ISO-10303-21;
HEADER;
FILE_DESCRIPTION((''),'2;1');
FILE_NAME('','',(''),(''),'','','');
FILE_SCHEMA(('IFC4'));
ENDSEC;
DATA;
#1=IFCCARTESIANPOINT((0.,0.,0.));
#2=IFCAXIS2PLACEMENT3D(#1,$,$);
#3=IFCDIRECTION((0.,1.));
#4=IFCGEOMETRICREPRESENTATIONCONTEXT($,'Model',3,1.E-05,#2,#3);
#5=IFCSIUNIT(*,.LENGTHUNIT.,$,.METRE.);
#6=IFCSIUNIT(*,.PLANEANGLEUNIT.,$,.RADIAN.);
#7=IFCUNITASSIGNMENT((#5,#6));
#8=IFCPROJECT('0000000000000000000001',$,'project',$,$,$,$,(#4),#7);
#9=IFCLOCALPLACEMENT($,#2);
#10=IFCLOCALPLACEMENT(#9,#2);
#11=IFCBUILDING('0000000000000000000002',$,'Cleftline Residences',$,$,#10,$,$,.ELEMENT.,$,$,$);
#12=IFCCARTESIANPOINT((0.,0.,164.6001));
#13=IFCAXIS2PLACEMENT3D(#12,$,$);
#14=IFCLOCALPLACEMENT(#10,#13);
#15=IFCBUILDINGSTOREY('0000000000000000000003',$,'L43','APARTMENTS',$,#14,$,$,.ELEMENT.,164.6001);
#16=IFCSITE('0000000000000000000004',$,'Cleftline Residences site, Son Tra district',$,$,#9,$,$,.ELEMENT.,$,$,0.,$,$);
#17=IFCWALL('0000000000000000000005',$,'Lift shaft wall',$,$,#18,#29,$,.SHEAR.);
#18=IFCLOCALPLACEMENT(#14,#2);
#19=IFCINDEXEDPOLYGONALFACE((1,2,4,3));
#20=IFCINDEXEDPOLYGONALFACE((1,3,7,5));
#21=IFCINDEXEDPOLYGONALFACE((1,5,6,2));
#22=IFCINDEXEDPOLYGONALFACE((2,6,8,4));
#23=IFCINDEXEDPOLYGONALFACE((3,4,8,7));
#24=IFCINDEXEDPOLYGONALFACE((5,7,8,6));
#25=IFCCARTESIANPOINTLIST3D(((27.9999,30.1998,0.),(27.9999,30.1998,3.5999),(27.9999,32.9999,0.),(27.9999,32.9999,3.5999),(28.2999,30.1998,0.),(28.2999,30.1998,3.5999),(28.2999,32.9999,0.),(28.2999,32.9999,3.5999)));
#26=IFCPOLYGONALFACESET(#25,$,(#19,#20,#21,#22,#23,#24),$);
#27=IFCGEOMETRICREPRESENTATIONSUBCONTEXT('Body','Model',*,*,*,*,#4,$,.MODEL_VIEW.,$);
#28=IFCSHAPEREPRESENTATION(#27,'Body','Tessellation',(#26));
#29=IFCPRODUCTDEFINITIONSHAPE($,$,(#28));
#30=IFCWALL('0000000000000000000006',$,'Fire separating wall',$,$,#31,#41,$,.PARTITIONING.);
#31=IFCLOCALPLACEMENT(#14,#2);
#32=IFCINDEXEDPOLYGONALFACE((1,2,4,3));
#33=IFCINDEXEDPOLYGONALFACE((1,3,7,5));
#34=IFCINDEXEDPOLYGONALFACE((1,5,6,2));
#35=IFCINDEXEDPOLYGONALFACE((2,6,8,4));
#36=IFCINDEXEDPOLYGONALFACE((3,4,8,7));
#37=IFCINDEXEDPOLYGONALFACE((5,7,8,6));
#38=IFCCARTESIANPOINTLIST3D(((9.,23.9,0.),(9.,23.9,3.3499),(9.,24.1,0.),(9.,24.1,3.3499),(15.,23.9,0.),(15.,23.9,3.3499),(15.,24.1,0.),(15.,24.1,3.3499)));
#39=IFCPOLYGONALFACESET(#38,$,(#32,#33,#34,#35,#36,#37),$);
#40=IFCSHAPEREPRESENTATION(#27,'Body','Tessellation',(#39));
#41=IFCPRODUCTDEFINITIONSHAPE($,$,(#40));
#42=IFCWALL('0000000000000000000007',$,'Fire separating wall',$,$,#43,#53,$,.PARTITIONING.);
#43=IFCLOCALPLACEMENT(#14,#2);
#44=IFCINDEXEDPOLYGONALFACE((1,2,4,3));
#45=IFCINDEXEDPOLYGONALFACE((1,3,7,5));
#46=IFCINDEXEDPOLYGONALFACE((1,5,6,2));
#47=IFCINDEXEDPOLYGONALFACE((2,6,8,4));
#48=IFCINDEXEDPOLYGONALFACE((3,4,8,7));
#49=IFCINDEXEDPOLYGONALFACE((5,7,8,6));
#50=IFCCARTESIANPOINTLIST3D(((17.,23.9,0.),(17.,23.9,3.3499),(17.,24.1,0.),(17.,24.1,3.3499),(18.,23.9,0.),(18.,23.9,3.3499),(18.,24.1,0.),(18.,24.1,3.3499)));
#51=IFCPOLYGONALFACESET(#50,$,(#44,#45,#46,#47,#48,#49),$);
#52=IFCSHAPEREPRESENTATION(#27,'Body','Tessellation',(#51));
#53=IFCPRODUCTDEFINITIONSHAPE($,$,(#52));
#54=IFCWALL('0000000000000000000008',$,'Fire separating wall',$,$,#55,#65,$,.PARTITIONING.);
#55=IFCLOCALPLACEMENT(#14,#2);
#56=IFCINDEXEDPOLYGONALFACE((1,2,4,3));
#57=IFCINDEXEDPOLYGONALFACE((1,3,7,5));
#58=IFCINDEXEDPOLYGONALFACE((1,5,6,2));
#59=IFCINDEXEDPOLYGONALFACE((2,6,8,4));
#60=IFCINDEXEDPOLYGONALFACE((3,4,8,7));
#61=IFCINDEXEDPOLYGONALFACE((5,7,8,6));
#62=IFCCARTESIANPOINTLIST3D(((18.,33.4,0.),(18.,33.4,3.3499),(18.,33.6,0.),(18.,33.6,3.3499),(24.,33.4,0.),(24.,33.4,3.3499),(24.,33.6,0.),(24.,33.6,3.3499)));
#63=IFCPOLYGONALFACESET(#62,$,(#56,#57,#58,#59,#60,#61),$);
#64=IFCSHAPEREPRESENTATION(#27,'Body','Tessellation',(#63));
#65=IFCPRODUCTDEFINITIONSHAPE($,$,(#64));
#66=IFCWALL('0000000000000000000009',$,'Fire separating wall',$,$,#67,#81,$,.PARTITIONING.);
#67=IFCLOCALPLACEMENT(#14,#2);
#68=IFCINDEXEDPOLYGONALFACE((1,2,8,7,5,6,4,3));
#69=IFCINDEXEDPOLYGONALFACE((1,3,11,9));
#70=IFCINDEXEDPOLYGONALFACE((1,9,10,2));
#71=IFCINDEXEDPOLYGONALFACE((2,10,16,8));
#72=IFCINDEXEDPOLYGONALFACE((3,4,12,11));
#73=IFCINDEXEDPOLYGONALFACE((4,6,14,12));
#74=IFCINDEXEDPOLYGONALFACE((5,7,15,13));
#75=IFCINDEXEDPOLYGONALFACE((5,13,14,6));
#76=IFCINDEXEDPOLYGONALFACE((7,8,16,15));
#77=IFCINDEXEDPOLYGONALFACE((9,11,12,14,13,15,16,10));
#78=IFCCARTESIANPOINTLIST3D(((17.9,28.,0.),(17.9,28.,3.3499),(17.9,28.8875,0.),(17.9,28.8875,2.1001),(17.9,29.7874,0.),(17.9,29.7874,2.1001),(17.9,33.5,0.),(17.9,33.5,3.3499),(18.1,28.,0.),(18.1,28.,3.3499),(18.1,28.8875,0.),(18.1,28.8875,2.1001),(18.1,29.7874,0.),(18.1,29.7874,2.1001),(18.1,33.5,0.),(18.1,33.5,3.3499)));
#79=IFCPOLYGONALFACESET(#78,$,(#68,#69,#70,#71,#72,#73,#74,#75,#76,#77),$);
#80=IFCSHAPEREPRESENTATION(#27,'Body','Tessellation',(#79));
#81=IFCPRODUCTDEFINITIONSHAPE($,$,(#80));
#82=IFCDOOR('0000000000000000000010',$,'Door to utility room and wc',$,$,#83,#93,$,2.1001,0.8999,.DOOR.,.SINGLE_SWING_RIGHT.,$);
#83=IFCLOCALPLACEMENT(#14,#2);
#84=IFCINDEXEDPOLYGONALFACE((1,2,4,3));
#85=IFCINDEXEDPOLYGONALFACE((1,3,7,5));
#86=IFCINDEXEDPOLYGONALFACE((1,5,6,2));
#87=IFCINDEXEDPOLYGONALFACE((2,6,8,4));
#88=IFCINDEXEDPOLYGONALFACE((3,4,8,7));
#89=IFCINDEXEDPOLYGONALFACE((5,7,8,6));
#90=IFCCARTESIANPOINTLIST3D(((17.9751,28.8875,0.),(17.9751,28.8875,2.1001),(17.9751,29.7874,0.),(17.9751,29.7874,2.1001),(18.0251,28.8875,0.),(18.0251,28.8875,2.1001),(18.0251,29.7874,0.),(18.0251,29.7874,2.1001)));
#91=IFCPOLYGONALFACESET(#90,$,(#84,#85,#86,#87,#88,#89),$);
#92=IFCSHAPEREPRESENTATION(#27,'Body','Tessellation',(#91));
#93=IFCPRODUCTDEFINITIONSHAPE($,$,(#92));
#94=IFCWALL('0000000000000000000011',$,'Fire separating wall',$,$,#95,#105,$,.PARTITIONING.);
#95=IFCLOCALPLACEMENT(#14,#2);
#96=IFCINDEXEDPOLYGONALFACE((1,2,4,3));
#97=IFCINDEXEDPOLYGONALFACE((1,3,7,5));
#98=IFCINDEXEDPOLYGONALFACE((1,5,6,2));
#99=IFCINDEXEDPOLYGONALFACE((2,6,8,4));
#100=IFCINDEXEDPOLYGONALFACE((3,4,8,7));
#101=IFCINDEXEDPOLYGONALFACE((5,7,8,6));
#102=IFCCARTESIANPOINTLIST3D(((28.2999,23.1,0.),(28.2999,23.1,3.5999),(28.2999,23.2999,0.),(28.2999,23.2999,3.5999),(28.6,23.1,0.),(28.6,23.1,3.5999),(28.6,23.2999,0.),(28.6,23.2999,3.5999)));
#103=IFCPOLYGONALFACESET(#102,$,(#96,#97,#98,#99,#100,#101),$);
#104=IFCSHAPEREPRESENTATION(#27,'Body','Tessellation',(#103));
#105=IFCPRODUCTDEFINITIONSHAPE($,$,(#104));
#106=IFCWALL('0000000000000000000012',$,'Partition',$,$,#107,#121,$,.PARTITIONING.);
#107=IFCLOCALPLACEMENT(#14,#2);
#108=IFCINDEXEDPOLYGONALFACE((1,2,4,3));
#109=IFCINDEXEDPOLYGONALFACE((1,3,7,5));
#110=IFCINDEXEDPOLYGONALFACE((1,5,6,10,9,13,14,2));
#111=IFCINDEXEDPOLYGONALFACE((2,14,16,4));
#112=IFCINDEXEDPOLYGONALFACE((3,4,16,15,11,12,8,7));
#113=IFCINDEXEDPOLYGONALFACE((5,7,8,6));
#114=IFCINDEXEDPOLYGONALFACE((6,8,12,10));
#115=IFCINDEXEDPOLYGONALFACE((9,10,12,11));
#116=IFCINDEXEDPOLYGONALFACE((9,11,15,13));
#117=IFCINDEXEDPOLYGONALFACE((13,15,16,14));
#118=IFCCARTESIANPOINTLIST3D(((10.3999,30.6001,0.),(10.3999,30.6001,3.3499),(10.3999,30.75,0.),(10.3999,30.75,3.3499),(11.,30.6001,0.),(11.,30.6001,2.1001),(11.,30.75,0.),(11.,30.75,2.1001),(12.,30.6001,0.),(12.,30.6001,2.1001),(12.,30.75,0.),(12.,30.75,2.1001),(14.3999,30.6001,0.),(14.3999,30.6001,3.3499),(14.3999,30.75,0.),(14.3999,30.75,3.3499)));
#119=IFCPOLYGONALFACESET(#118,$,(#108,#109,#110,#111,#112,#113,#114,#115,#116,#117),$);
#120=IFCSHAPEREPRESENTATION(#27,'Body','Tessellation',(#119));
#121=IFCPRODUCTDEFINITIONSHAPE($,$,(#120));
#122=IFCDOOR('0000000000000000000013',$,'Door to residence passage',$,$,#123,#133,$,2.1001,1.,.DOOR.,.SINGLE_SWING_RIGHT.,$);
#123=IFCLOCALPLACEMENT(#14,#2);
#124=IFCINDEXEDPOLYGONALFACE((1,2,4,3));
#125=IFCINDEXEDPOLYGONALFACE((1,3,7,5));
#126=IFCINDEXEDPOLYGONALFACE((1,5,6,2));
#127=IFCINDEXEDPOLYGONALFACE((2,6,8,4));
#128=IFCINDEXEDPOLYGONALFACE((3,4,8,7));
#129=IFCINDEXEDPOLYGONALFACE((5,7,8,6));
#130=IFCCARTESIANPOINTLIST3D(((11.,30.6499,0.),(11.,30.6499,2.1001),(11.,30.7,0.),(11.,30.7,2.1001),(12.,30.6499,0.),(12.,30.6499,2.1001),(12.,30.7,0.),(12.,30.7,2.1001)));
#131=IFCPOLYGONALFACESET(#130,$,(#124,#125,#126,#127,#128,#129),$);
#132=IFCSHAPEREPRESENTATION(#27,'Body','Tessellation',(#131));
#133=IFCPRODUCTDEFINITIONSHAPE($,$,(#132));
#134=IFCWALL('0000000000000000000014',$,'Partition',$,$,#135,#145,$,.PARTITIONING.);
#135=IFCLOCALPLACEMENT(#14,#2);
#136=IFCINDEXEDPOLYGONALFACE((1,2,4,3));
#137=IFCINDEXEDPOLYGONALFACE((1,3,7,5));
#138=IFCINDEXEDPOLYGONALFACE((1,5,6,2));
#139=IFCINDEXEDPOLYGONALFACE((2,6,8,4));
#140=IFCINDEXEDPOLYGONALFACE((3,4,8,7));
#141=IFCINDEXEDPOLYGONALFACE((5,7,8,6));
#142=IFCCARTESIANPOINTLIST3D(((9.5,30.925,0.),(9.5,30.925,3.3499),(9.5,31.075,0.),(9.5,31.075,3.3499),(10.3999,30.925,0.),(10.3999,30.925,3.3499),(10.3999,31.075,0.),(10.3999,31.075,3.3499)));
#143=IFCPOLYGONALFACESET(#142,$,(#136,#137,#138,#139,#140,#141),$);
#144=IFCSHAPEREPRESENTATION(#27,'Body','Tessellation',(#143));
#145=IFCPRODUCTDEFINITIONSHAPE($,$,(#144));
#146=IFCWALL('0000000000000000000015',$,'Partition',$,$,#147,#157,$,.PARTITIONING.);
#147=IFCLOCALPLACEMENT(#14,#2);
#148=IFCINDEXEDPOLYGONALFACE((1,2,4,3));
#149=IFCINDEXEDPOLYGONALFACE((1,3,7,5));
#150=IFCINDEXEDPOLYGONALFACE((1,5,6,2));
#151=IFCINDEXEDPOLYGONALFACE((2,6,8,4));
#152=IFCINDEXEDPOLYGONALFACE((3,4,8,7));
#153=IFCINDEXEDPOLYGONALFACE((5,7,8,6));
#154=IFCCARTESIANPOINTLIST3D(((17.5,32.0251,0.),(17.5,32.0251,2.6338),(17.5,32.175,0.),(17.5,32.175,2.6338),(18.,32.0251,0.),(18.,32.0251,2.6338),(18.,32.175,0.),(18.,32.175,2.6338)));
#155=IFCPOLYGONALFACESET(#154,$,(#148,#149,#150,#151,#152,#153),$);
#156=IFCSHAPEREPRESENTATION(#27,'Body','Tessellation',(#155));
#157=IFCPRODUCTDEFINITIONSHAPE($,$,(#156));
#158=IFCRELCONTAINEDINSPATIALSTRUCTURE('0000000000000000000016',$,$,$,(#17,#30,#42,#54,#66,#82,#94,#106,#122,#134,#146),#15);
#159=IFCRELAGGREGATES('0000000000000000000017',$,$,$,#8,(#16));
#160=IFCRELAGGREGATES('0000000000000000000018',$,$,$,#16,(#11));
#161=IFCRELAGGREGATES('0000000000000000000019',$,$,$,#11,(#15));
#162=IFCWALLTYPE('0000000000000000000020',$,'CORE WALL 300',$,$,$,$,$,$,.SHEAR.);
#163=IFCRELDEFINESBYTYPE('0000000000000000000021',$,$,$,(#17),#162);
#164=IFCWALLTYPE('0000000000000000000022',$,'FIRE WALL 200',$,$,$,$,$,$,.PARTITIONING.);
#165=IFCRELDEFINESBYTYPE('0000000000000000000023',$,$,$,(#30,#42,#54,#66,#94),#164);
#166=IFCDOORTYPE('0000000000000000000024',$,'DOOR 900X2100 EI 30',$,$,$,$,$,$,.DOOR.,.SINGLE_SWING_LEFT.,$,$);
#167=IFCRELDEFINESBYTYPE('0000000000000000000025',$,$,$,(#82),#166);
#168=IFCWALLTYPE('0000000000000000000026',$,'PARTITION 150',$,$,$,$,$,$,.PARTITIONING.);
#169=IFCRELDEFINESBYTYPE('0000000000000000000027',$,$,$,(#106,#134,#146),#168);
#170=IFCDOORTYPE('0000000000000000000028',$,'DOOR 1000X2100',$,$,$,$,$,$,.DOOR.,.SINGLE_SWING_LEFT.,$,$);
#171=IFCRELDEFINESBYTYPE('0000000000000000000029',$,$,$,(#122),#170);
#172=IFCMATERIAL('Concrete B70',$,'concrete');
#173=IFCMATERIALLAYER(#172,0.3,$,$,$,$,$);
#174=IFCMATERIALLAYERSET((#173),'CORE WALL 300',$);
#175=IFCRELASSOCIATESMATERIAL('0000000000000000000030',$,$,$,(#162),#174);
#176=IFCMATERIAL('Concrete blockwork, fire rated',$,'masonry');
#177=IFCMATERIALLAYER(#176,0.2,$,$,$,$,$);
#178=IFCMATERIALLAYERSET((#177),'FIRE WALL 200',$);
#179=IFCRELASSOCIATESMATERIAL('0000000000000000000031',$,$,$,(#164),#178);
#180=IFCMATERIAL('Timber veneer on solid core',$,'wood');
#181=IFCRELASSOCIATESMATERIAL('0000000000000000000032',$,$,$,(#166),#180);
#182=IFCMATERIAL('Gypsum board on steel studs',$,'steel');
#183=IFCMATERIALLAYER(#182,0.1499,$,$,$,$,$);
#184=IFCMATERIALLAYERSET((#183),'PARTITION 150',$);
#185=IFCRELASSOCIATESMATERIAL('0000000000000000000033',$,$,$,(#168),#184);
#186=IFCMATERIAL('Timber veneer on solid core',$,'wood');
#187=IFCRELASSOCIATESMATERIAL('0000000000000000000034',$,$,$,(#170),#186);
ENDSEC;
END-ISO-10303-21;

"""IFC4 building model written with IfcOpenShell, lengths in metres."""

from ifc_helpers import new_model, si_unit, direction, frame, frame_2d, origin, place, context, subcontext, project, spatial, rectangle, extrude, material, layer, layer_set, type_object, element, fill, save


model = new_model("IFC4")

# Units and contexts
model_context = context("Model", 3, precision=1e-05, world=origin(), true_north=direction((0.0, 1.0)))
body_context = subcontext(model_context, "Body", "Model", "MODEL_VIEW")
ifc_project = project(units=[si_unit("LENGTHUNIT", "METRE"), si_unit("PLANEANGLEUNIT", "RADIAN")], contexts=[model_context])

# Site, building, storey
site_placement = place(None, origin())
site = spatial("IfcSite", under=ifc_project, at=site_placement, Name="Cleftline Residences site, Son Tra district", CompositionType="ELEMENT", RefElevation=0.0)
building_placement = place(site_placement, origin())
building = spatial("IfcBuilding", under=site, at=building_placement, Name="Cleftline Residences", CompositionType="ELEMENT")
storey_placement = place(building_placement, frame((0.0, 0.0, 164.6001)))
storey = spatial("IfcBuildingStorey", under=building, at=storey_placement, Name="L43", Description="APARTMENTS", CompositionType="ELEMENT", Elevation=164.6001)

# Shared definitions
ifc_material_1 = material(Name="Concrete B70", Category="concrete")
ifc_layer_1 = layer(ifc_material_1, 0.3)
ifc_layer_set_1 = layer_set([ifc_layer_1], Name="CORE WALL 300")
wall_type_1 = type_object("IfcWallType", Name="CORE WALL 300", PredefinedType="SHEAR", material=ifc_layer_set_1)

# Walls
wall_1_placement = place(storey_placement, frame((28.1499, 30.2, 0.0), z_axis=(0.0, 0.0, 1.0), x_axis=(0.0, 1.0, 0.0)))
element("IfcWall", 1, at=wall_1_placement, inside=storey, type_object=wall_type_1, Name="Lift shaft wall", PredefinedType="SHEAR", context=body_context, shape_type="SweptSolid", body=[
    extrude(rectangle(XDim=2.8, YDim=0.3, at=frame_2d((1.3999, 0.0))), origin(), (0.0, 0.0, 1.0), 3.5999),
])
ifc_material_2 = material(Name="Concrete blockwork, fire rated", Category="masonry")
ifc_layer_2 = layer(ifc_material_2, 0.2)
ifc_layer_set_2 = layer_set([ifc_layer_2], Name="FIRE WALL 200")
wall_type_2 = type_object("IfcWallType", Name="FIRE WALL 200", PredefinedType="PARTITIONING", material=ifc_layer_set_2)
wall_2_placement = place(storey_placement, frame((9.0, 24.0, 0.0), z_axis=(0.0, 0.0, 1.0), x_axis=(1.0, 0.0, 0.0)))
element("IfcWall", 2, at=wall_2_placement, inside=storey, type_object=wall_type_2, Name="Fire separating wall", PredefinedType="PARTITIONING", context=body_context, shape_type="SweptSolid", body=[
    extrude(rectangle(XDim=6.0, YDim=0.2, at=frame_2d((3.0, 0.0))), origin(), (0.0, 0.0, 1.0), 3.3499),
])
wall_3_placement = place(storey_placement, frame((17.0, 24.0, 0.0), z_axis=(0.0, 0.0, 1.0), x_axis=(1.0, 0.0, 0.0)))
element("IfcWall", 3, at=wall_3_placement, inside=storey, type_object=wall_type_2, Name="Fire separating wall", PredefinedType="PARTITIONING", context=body_context, shape_type="SweptSolid", body=[
    extrude(rectangle(XDim=1.0, YDim=0.2, at=frame_2d((0.5, 0.0))), origin(), (0.0, 0.0, 1.0), 3.3499),
])
wall_4_placement = place(storey_placement, frame((18.0, 33.5, 0.0), z_axis=(0.0, 0.0, 1.0), x_axis=(1.0, 0.0, 0.0)))
element("IfcWall", 4, at=wall_4_placement, inside=storey, type_object=wall_type_2, Name="Fire separating wall", PredefinedType="PARTITIONING", context=body_context, shape_type="SweptSolid", body=[
    extrude(rectangle(XDim=6.0, YDim=0.2, at=frame_2d((3.0, 0.0))), origin(), (0.0, 0.0, 1.0), 3.3499),
])

# Wall, opening, door
wall_5_placement = place(storey_placement, frame((18.0, 28.0, 0.0), z_axis=(0.0, 0.0, 1.0), x_axis=(0.0, 1.0, 0.0)))
wall_5 = element("IfcWall", 5, at=wall_5_placement, inside=storey, type_object=wall_type_2, Name="Fire separating wall", PredefinedType="PARTITIONING", context=body_context, shape_type="SweptSolid", body=[
    extrude(rectangle(XDim=5.5, YDim=0.2, at=frame_2d((2.75, 0.0))), origin(), (0.0, 0.0, 1.0), 3.3499),
])
opening_1_placement = place(wall_5_placement, frame((0.8875, 0.0, 0.0)))
opening_1 = element("IfcOpeningElement", 6, at=opening_1_placement, cuts=wall_5, PredefinedType="OPENING", context=body_context, shape_type="SweptSolid", body=[
    extrude(rectangle(XDim=0.8999, YDim=2.1001, at=frame_2d((0.45, 1.05))), frame((0.0, 0.1099, 0.0), z_axis=(0.0, -1.0, 0.0), x_axis=(1.0, 0.0, 0.0)), (0.0, 0.0, 1.0), 0.22),
])
ifc_material_3 = material(Name="Timber veneer on solid core", Category="wood")
door_type_1 = type_object("IfcDoorType", Name="DOOR 900X2100 EI 30", OperationType="SINGLE_SWING_LEFT", PredefinedType="DOOR", material=ifc_material_3)
door_1_placement = place(opening_1_placement, origin())
door_1 = element("IfcDoor", 7, at=door_1_placement, inside=storey, type_object=door_type_1, Name="Door to utility room and wc", OperationType="SINGLE_SWING_RIGHT", OverallHeight=2.1001, OverallWidth=0.8999, PredefinedType="DOOR", context=body_context, shape_type="SweptSolid", body=[
    extrude(rectangle(XDim=0.8999, YDim=2.1001, at=frame_2d((0.45, 1.05))), frame((0.0, 0.0249, 0.0), z_axis=(0.0, -1.0, 0.0), x_axis=(1.0, 0.0, 0.0)), (0.0, 0.0, 1.0), 0.05),
])
fill(opening_1, door_1)

# Wall
wall_6_placement = place(storey_placement, frame((28.3, 23.2, 0.0), z_axis=(0.0, 0.0, 1.0), x_axis=(1.0, 0.0, 0.0)))
element("IfcWall", 8, at=wall_6_placement, inside=storey, type_object=wall_type_2, Name="Fire separating wall", PredefinedType="PARTITIONING", context=body_context, shape_type="SweptSolid", body=[
    extrude(rectangle(XDim=0.3, YDim=0.2, at=frame_2d((0.1499, 0.0))), origin(), (0.0, 0.0, 1.0), 3.5999),
])

# Wall, opening, door
ifc_material_4 = material(Name="Gypsum board on steel studs", Category="steel")
ifc_layer_3 = layer(ifc_material_4, 0.1499)
ifc_layer_set_3 = layer_set([ifc_layer_3], Name="PARTITION 150")
wall_type_3 = type_object("IfcWallType", Name="PARTITION 150", PredefinedType="PARTITIONING", material=ifc_layer_set_3)
wall_7_placement = place(storey_placement, frame((10.3999, 30.675, 0.0), z_axis=(0.0, 0.0, 1.0), x_axis=(1.0, 0.0, 0.0)))
wall_7 = element("IfcWall", 9, at=wall_7_placement, inside=storey, type_object=wall_type_3, Name="Partition", PredefinedType="PARTITIONING", context=body_context, shape_type="SweptSolid", body=[
    extrude(rectangle(XDim=4.0, YDim=0.1499, at=frame_2d((2.0, 0.0))), origin(), (0.0, 0.0, 1.0), 3.3499),
])
opening_2_placement = place(wall_7_placement, frame((0.6001, 0.0, 0.0)))
opening_2 = element("IfcOpeningElement", 10, at=opening_2_placement, cuts=wall_7, PredefinedType="OPENING", context=body_context, shape_type="SweptSolid", body=[
    extrude(rectangle(XDim=1.0, YDim=2.1001, at=frame_2d((0.5, 1.05))), frame((0.0, 0.085, 0.0), z_axis=(0.0, -1.0, 0.0), x_axis=(1.0, 0.0, 0.0)), (0.0, 0.0, 1.0), 0.1699),
])
ifc_material_5 = material(Name="Timber veneer on solid core", Category="wood")
door_type_2 = type_object("IfcDoorType", Name="DOOR 1000X2100", OperationType="SINGLE_SWING_LEFT", PredefinedType="DOOR", material=ifc_material_5)
door_2_placement = place(opening_2_placement, origin())
door_2 = element("IfcDoor", 11, at=door_2_placement, inside=storey, type_object=door_type_2, Name="Door to residence passage", OperationType="SINGLE_SWING_RIGHT", OverallHeight=2.1001, OverallWidth=1.0, PredefinedType="DOOR", context=body_context, shape_type="SweptSolid", body=[
    extrude(rectangle(XDim=1.0, YDim=2.1001, at=frame_2d((0.5, 1.05))), frame((0.0, 0.0249, 0.0), z_axis=(0.0, -1.0, 0.0), x_axis=(1.0, 0.0, 0.0)), (0.0, 0.0, 1.0), 0.05),
])
fill(opening_2, door_2)

# Walls
wall_8_placement = place(storey_placement, frame((9.5, 31.0, 0.0), z_axis=(0.0, 0.0, 1.0), x_axis=(1.0, 0.0, 0.0)))
element("IfcWall", 12, at=wall_8_placement, inside=storey, type_object=wall_type_3, Name="Partition", PredefinedType="PARTITIONING", context=body_context, shape_type="SweptSolid", body=[
    extrude(rectangle(XDim=0.8999, YDim=0.1499, at=frame_2d((0.45, 0.0))), origin(), (0.0, 0.0, 1.0), 3.3499),
])
wall_9_placement = place(storey_placement, frame((17.5, 32.1001, 0.0), z_axis=(0.0, 0.0, 1.0), x_axis=(1.0, 0.0, 0.0)))
element("IfcWall", 13, at=wall_9_placement, inside=storey, type_object=wall_type_3, Name="Partition", PredefinedType="PARTITIONING", context=body_context, shape_type="SweptSolid", body=[
    extrude(rectangle(XDim=0.5, YDim=0.1499, at=frame_2d((0.25, 0.0))), origin(), (0.0, 0.0, 1.0), 2.6338),
])

save(model, "model.ifc")
